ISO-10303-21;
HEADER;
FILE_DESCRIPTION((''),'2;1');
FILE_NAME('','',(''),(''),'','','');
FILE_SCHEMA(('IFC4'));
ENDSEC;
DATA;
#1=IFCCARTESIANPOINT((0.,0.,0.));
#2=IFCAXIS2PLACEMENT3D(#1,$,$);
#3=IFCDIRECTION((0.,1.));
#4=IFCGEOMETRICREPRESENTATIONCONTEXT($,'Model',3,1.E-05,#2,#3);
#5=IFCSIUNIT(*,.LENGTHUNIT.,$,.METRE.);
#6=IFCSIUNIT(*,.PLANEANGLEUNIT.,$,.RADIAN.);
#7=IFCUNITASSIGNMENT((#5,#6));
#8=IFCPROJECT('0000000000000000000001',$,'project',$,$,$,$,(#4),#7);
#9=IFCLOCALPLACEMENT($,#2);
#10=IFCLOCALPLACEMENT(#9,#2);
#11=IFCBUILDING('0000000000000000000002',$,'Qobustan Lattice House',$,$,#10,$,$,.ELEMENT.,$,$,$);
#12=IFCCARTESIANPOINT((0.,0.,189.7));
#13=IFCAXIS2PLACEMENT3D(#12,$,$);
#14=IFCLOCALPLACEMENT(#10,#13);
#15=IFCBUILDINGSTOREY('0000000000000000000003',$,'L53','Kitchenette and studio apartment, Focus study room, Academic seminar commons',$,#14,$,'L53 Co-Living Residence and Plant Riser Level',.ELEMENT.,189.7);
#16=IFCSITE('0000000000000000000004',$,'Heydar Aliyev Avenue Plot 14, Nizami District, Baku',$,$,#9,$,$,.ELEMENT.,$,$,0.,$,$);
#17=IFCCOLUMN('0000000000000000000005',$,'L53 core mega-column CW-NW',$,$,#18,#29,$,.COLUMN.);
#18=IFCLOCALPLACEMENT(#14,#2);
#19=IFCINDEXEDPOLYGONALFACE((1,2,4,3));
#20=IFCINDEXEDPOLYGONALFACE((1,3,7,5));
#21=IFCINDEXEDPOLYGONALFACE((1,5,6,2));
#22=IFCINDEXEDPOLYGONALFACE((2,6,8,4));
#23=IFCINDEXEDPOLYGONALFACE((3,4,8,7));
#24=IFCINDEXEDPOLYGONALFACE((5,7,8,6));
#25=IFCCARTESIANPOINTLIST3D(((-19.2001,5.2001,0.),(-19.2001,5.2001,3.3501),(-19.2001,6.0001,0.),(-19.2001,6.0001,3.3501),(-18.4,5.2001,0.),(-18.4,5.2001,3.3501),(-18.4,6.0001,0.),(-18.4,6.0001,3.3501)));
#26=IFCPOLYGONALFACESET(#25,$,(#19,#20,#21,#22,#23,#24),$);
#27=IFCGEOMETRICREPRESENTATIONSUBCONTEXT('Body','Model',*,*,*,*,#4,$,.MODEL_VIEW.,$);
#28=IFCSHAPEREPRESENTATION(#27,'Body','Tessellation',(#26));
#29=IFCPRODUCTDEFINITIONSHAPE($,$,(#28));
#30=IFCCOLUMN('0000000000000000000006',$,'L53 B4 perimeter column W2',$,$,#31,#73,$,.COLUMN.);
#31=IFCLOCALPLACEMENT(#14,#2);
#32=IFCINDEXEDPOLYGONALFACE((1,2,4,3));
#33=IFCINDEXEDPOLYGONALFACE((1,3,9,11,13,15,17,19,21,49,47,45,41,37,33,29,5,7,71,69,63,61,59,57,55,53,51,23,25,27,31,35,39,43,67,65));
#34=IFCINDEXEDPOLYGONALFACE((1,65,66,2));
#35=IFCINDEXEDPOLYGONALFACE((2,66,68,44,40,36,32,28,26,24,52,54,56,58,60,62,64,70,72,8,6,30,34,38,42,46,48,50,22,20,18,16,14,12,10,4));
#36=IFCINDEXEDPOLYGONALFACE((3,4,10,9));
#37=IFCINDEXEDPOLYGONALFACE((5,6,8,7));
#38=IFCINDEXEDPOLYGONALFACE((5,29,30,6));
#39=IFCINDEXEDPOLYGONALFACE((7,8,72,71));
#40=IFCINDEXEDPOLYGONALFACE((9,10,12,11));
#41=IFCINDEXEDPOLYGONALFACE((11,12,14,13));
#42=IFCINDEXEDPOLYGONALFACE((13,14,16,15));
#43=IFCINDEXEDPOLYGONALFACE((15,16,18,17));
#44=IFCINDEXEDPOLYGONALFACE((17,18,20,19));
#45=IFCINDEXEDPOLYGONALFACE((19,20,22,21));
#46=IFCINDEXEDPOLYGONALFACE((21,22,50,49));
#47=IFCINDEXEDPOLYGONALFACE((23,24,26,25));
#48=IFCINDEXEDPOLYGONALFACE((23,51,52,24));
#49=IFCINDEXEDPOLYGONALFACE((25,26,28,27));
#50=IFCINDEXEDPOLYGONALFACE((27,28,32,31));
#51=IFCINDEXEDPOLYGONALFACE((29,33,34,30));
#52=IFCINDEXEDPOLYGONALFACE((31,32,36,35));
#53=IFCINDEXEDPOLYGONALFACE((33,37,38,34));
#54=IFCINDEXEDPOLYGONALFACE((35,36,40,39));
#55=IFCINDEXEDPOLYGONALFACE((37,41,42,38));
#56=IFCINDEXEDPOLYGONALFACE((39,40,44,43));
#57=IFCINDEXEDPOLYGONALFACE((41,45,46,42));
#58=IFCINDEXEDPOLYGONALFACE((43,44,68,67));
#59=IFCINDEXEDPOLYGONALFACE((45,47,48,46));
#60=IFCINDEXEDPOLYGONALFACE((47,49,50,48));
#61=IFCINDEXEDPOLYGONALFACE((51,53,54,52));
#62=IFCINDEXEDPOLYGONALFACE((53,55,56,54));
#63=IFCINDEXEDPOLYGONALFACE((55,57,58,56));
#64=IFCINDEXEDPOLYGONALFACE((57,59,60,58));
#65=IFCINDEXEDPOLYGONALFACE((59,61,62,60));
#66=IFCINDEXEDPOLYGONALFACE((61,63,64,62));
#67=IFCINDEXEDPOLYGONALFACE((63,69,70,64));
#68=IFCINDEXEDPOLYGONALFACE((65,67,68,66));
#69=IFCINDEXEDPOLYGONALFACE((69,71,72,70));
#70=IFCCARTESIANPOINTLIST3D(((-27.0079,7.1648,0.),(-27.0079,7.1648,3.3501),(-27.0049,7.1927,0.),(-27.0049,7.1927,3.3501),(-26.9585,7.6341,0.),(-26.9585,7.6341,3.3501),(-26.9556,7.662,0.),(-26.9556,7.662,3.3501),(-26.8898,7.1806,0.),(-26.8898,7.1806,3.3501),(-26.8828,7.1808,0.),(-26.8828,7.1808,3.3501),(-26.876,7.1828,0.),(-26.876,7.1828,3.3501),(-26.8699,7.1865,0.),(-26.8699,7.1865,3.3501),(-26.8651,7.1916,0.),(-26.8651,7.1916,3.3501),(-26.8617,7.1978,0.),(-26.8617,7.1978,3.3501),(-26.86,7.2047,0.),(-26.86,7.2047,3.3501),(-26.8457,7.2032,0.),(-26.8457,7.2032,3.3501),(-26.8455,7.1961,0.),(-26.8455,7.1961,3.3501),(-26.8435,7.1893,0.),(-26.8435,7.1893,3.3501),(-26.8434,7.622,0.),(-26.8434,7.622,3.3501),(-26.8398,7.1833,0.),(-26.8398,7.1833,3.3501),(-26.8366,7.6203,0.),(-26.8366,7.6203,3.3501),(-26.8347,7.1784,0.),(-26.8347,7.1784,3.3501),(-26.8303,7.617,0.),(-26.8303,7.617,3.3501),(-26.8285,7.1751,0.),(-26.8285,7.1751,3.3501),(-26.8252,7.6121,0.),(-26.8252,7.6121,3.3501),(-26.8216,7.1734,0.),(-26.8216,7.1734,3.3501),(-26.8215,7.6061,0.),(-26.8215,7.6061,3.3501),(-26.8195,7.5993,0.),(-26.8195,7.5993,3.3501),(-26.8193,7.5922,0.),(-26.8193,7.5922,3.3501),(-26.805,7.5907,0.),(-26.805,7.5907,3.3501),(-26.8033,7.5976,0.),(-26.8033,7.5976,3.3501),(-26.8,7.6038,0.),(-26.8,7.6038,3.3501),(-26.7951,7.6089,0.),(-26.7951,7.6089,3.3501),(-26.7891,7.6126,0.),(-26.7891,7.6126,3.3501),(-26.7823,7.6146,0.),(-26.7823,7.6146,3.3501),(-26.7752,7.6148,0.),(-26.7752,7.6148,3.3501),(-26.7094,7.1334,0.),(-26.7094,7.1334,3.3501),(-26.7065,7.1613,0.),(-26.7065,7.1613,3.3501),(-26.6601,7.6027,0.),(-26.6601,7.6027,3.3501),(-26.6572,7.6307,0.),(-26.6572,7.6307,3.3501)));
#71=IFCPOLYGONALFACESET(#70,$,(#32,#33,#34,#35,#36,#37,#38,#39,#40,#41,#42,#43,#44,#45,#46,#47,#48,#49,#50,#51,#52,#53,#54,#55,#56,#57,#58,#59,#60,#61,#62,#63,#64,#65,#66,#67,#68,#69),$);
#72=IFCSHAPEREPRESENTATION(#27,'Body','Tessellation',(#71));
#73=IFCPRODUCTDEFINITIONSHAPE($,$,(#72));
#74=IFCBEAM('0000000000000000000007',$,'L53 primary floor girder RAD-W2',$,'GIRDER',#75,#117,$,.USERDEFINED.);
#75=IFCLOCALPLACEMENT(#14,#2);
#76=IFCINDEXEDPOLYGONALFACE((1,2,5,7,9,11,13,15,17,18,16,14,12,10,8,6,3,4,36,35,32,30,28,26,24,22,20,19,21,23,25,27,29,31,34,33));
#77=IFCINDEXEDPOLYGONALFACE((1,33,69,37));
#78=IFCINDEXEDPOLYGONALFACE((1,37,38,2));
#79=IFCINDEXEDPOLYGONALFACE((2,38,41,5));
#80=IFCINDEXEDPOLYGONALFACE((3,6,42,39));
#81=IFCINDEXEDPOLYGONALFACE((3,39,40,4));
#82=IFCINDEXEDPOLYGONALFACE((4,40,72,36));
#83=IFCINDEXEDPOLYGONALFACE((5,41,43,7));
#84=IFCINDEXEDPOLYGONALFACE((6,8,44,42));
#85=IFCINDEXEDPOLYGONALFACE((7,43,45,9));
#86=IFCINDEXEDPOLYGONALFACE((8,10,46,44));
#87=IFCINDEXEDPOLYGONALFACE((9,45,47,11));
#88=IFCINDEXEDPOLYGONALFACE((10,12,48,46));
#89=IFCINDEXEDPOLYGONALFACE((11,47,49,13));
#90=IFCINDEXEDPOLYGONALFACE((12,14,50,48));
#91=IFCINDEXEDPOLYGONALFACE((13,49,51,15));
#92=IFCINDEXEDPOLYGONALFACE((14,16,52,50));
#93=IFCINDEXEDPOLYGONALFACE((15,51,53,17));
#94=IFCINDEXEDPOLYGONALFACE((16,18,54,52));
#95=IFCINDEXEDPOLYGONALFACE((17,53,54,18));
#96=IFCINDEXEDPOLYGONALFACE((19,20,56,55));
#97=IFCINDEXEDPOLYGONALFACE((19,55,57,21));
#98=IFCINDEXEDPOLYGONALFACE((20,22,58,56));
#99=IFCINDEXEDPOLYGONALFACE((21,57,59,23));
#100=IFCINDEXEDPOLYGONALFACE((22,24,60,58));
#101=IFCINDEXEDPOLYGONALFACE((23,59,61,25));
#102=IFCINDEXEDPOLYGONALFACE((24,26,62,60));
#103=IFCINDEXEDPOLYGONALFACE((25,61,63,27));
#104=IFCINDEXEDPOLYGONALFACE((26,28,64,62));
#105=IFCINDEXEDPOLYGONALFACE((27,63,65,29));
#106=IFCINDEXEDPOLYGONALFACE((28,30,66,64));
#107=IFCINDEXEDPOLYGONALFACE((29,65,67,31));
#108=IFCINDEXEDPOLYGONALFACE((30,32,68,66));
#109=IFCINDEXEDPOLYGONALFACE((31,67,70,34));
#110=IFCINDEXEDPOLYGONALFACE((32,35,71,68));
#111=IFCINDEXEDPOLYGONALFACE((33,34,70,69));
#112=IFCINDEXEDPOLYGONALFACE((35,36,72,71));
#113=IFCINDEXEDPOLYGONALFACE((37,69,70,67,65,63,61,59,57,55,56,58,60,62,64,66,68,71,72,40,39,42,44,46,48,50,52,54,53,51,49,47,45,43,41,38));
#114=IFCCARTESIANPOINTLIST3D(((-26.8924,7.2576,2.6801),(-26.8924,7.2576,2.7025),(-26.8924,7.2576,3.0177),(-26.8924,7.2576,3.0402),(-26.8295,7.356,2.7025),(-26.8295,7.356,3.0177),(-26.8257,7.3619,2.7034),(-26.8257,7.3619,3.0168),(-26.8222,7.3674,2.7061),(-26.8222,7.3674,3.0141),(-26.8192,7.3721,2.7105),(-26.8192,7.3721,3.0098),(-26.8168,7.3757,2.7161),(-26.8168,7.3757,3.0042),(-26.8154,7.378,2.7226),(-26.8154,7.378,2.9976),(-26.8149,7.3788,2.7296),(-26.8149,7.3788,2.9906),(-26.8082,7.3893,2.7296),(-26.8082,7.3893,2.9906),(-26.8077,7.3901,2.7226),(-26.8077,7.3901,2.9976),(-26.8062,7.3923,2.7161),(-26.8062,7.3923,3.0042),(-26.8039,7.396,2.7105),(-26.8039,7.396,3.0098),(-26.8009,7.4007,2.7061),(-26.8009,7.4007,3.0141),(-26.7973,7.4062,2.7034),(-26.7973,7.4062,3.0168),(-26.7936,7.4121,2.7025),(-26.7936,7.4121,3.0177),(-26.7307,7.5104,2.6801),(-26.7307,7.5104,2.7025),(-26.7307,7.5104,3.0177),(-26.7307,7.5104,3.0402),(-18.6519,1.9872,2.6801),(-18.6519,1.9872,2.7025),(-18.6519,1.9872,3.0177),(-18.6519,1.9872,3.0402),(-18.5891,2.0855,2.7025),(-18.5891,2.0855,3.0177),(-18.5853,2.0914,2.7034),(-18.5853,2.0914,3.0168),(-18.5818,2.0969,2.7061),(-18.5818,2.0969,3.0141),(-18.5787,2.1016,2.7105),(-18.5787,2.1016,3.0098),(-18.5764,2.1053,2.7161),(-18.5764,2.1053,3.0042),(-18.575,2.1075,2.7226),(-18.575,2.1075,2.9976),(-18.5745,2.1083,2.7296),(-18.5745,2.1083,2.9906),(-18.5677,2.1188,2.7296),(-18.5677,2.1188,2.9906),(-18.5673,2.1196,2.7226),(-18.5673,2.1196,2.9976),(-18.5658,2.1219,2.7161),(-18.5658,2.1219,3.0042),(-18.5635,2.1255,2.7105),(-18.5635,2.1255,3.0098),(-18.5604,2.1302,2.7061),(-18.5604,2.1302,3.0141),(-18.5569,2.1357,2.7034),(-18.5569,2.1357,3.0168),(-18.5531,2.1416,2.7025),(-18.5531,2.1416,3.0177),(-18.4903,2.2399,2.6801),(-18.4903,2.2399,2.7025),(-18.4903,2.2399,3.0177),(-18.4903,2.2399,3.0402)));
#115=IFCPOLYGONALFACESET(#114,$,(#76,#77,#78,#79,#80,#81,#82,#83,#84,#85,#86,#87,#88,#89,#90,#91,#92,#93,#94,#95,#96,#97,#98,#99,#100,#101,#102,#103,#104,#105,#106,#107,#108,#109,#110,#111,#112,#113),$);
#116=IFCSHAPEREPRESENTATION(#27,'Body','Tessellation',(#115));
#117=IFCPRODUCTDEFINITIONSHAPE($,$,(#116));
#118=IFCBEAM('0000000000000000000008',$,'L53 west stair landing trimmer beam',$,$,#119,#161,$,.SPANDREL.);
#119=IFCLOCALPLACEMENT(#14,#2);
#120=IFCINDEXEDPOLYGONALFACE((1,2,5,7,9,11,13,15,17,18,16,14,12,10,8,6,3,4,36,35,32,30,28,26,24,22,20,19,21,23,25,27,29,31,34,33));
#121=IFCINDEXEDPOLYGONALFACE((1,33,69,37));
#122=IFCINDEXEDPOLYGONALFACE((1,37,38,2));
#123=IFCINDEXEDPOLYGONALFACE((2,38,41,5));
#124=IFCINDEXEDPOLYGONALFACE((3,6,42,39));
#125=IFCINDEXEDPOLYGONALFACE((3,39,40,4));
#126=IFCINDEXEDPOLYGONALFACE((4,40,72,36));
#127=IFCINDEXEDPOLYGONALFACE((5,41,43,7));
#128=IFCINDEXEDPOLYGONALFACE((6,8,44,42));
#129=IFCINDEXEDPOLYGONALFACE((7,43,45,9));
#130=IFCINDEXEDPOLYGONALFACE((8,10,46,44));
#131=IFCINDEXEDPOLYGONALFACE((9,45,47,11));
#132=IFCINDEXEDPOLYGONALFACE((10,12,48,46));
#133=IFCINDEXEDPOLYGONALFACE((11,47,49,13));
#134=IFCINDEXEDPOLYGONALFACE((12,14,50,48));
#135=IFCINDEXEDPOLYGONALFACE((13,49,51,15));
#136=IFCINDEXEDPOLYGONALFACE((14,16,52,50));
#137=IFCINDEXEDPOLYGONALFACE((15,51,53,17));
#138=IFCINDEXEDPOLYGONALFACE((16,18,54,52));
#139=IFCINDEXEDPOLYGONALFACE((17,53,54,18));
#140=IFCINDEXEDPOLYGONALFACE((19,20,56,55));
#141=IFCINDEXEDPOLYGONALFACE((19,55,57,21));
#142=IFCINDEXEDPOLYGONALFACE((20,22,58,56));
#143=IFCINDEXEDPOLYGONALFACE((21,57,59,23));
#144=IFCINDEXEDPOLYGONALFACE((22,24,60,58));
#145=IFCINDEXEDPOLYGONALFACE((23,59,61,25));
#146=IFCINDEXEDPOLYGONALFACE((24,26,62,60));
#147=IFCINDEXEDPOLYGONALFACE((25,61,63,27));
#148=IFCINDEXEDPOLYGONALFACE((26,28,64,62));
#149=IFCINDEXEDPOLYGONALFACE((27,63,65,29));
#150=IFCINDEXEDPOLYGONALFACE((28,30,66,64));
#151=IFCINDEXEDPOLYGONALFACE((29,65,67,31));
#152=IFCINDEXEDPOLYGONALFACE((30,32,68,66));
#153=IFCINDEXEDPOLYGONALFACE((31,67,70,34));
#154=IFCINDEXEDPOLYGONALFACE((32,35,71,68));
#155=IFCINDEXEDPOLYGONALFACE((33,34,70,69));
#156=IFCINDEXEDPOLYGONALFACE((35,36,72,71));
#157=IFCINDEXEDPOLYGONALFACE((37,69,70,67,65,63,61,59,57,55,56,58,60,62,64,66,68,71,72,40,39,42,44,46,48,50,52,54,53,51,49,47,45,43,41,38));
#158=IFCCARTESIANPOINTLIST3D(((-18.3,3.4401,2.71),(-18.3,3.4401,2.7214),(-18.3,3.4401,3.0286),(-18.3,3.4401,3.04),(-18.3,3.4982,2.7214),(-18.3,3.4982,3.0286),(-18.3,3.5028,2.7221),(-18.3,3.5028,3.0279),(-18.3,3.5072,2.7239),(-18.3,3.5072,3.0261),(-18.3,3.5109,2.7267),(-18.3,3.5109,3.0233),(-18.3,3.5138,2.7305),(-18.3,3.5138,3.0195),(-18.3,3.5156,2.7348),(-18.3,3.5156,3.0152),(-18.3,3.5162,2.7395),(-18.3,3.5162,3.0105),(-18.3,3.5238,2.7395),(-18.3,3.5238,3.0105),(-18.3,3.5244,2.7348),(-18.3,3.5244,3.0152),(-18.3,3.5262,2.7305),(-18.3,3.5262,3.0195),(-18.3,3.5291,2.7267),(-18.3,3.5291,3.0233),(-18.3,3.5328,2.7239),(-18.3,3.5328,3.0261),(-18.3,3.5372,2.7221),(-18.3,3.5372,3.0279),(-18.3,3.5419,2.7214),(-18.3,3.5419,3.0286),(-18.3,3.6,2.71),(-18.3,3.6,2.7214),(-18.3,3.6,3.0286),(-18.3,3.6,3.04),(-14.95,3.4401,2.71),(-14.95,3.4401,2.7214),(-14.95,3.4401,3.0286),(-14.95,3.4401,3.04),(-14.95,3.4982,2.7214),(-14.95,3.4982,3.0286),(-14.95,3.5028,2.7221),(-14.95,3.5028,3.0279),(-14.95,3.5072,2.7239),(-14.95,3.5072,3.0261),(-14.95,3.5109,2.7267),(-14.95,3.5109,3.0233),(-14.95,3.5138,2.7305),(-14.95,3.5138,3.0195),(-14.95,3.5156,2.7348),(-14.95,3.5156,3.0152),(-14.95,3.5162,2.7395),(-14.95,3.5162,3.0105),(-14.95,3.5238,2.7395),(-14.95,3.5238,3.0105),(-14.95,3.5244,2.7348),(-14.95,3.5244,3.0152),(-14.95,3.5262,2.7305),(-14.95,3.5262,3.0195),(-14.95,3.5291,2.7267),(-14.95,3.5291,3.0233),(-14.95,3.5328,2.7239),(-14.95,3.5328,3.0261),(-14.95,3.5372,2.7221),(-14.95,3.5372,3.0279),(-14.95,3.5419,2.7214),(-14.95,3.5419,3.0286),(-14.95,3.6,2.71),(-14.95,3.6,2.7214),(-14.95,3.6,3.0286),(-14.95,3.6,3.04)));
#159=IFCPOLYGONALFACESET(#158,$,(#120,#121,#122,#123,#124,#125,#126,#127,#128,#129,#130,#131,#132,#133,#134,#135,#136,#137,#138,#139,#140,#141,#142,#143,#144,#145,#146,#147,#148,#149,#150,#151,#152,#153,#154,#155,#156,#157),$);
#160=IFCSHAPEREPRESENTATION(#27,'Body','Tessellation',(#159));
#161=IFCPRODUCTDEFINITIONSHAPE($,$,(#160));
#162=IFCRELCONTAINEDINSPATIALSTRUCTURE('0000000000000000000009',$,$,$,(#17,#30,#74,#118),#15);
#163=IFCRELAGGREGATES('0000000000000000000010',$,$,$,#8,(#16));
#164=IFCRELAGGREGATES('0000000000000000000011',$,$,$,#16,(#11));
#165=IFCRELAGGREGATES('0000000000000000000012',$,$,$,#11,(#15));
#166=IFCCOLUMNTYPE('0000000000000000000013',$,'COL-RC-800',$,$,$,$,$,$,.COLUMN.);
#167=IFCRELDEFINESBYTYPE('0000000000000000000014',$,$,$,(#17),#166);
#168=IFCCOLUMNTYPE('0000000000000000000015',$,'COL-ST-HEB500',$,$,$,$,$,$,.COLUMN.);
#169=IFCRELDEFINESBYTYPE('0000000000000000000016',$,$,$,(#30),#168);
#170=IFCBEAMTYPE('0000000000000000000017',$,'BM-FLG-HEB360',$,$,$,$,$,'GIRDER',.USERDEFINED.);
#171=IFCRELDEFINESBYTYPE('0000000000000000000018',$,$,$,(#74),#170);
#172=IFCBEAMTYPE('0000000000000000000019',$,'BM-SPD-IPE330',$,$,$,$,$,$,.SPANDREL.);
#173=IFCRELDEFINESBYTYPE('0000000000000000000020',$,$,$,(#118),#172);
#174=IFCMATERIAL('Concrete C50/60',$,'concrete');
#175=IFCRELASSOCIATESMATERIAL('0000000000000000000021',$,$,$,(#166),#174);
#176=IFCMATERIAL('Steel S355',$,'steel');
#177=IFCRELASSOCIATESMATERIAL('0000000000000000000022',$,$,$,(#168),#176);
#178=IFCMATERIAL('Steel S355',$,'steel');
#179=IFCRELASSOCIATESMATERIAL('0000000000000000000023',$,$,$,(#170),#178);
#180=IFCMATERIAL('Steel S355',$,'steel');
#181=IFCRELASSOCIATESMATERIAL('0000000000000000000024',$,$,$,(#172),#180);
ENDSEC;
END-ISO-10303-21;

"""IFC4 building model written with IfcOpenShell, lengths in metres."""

from ifc_helpers import new_model, si_unit, direction, frame, origin, origin_2d, place, context, subcontext, project, spatial, rectangle, i_section, extrude, material, material_profile, profile_set, type_object, element, save


model = new_model("IFC4")

# Units and contexts
model_context = context("Model", 3, precision=1e-05, world=origin(), true_north=direction((0.0, 1.0)))
body_context = subcontext(model_context, "Body", "Model", "MODEL_VIEW")
ifc_project = project(units=[si_unit("LENGTHUNIT", "METRE"), si_unit("PLANEANGLEUNIT", "RADIAN")], contexts=[model_context])

# Site, building, storey
site_placement = place(None, origin())
site = spatial("IfcSite", under=ifc_project, at=site_placement, Name="Heydar Aliyev Avenue Plot 14, Nizami District, Baku", CompositionType="ELEMENT", RefElevation=0.0)
building_placement = place(site_placement, origin())
building = spatial("IfcBuilding", under=site, at=building_placement, Name="Qobustan Lattice House", CompositionType="ELEMENT")
storey_placement = place(building_placement, frame((0.0, 0.0, 189.7)))
storey = spatial("IfcBuildingStorey", under=building, at=storey_placement, Name="L53", Description="Kitchenette and studio apartment, Focus study room, Academic seminar commons", LongName="L53 Co-Living Residence and Plant Riser Level", CompositionType="ELEMENT", Elevation=189.7)

# Columns
ifc_material_1 = material(Name="Concrete C50/60", Category="concrete")
ifc_material_profile_1 = material_profile(ifc_material_1, rectangle(XDim=0.8, YDim=0.8, at=origin_2d()), Name="RC800x800")
ifc_profile_set_1 = profile_set([ifc_material_profile_1], Name="Concrete C50/60")
column_type_1 = type_object("IfcColumnType", Name="COL-RC-800", PredefinedType="COLUMN", material=ifc_profile_set_1)
column_1_placement = place(storey_placement, frame((-18.8, 5.6001, 0.0), z_axis=(0.0, 0.0, 1.0), x_axis=(1.0, 0.0, 0.0)))
element("IfcColumn", 1, at=column_1_placement, inside=storey, type_object=column_type_1, Name="L53 core mega-column CW-NW", PredefinedType="COLUMN", context=body_context, shape_type="SweptSolid", body=[
    extrude(rectangle(XDim=0.8, YDim=0.8, at=origin_2d()), origin(), (0.0, 0.0, 1.0), 3.3501),
])
ifc_material_2 = material(Name="Steel S355", Category="steel")
ifc_material_profile_2 = material_profile(ifc_material_2, i_section(OverallWidth=0.3, OverallDepth=0.5, WebThickness=0.0144, FlangeThickness=0.0281, FilletRadius=0.0271, at=origin_2d()), Name="HEB500")
ifc_profile_set_2 = profile_set([ifc_material_profile_2], Name="Steel S355")
column_type_2 = type_object("IfcColumnType", Name="COL-ST-HEB500", PredefinedType="COLUMN", material=ifc_profile_set_2)
column_2_placement = place(storey_placement, frame((-26.8325, 7.3977, 0.0), z_axis=(0.0, 0.0, 1.0), x_axis=(0.994522, -0.104528, 0.0)))
element("IfcColumn", 2, at=column_2_placement, inside=storey, type_object=column_type_2, Name="L53 B4 perimeter column W2", PredefinedType="COLUMN", context=body_context, shape_type="SweptSolid", body=[
    extrude(i_section(OverallWidth=0.3, OverallDepth=0.5, WebThickness=0.0144, FlangeThickness=0.0281, FilletRadius=0.0271, at=origin_2d()), origin(), (0.0, 0.0, 1.0), 3.3501),
])

# Beams
ifc_material_3 = material(Name="Steel S355", Category="steel")
ifc_material_profile_3 = material_profile(ifc_material_3, i_section(OverallWidth=0.3, OverallDepth=0.3601, WebThickness=0.0125, FlangeThickness=0.0225, FilletRadius=0.0271, at=origin_2d()), Name="HEB360")
ifc_profile_set_3 = profile_set([ifc_material_profile_3], Name="Steel S355")
beam_type_1 = type_object("IfcBeamType", Name="BM-FLG-HEB360", ElementType="GIRDER", PredefinedType="USERDEFINED", material=ifc_profile_set_3)
beam_1_placement = place(storey_placement, frame((-26.8115, 7.384, 2.8601), z_axis=(0.842429, -0.538807, 0.0), x_axis=(0.538807, 0.842429, 0.0)))
element("IfcBeam", 3, at=beam_1_placement, inside=storey, type_object=beam_type_1, Name="L53 primary floor girder RAD-W2", ObjectType="GIRDER", PredefinedType="USERDEFINED", context=body_context, shape_type="SweptSolid", body=[
    extrude(i_section(OverallWidth=0.3, OverallDepth=0.3601, WebThickness=0.0125, FlangeThickness=0.0225, FilletRadius=0.0271, at=origin_2d()), origin(), (0.0, 0.0, 1.0), 9.7817),
])
ifc_material_4 = material(Name="Steel S355", Category="steel")
ifc_material_profile_4 = material_profile(ifc_material_4, i_section(OverallWidth=0.1599, OverallDepth=0.3301, WebThickness=0.0076, FlangeThickness=0.0115, FilletRadius=0.0181, at=origin_2d()), Name="IPE330")
ifc_profile_set_4 = profile_set([ifc_material_profile_4], Name="Steel S355")
beam_type_2 = type_object("IfcBeamType", Name="BM-SPD-IPE330", PredefinedType="SPANDREL", material=ifc_profile_set_4)
beam_2_placement = place(storey_placement, frame((-18.3, 3.52, 2.875), z_axis=(1.0, 0.0, 0.0), x_axis=(0.0, 1.0, 0.0)))
element("IfcBeam", 4, at=beam_2_placement, inside=storey, type_object=beam_type_2, Name="L53 west stair landing trimmer beam", PredefinedType="SPANDREL", context=body_context, shape_type="SweptSolid", body=[
    extrude(i_section(OverallWidth=0.1599, OverallDepth=0.3301, WebThickness=0.0076, FlangeThickness=0.0115, FilletRadius=0.0181, at=origin_2d()), origin(), (0.0, 0.0, 1.0), 3.3501),
])

save(model, "model.ifc")
